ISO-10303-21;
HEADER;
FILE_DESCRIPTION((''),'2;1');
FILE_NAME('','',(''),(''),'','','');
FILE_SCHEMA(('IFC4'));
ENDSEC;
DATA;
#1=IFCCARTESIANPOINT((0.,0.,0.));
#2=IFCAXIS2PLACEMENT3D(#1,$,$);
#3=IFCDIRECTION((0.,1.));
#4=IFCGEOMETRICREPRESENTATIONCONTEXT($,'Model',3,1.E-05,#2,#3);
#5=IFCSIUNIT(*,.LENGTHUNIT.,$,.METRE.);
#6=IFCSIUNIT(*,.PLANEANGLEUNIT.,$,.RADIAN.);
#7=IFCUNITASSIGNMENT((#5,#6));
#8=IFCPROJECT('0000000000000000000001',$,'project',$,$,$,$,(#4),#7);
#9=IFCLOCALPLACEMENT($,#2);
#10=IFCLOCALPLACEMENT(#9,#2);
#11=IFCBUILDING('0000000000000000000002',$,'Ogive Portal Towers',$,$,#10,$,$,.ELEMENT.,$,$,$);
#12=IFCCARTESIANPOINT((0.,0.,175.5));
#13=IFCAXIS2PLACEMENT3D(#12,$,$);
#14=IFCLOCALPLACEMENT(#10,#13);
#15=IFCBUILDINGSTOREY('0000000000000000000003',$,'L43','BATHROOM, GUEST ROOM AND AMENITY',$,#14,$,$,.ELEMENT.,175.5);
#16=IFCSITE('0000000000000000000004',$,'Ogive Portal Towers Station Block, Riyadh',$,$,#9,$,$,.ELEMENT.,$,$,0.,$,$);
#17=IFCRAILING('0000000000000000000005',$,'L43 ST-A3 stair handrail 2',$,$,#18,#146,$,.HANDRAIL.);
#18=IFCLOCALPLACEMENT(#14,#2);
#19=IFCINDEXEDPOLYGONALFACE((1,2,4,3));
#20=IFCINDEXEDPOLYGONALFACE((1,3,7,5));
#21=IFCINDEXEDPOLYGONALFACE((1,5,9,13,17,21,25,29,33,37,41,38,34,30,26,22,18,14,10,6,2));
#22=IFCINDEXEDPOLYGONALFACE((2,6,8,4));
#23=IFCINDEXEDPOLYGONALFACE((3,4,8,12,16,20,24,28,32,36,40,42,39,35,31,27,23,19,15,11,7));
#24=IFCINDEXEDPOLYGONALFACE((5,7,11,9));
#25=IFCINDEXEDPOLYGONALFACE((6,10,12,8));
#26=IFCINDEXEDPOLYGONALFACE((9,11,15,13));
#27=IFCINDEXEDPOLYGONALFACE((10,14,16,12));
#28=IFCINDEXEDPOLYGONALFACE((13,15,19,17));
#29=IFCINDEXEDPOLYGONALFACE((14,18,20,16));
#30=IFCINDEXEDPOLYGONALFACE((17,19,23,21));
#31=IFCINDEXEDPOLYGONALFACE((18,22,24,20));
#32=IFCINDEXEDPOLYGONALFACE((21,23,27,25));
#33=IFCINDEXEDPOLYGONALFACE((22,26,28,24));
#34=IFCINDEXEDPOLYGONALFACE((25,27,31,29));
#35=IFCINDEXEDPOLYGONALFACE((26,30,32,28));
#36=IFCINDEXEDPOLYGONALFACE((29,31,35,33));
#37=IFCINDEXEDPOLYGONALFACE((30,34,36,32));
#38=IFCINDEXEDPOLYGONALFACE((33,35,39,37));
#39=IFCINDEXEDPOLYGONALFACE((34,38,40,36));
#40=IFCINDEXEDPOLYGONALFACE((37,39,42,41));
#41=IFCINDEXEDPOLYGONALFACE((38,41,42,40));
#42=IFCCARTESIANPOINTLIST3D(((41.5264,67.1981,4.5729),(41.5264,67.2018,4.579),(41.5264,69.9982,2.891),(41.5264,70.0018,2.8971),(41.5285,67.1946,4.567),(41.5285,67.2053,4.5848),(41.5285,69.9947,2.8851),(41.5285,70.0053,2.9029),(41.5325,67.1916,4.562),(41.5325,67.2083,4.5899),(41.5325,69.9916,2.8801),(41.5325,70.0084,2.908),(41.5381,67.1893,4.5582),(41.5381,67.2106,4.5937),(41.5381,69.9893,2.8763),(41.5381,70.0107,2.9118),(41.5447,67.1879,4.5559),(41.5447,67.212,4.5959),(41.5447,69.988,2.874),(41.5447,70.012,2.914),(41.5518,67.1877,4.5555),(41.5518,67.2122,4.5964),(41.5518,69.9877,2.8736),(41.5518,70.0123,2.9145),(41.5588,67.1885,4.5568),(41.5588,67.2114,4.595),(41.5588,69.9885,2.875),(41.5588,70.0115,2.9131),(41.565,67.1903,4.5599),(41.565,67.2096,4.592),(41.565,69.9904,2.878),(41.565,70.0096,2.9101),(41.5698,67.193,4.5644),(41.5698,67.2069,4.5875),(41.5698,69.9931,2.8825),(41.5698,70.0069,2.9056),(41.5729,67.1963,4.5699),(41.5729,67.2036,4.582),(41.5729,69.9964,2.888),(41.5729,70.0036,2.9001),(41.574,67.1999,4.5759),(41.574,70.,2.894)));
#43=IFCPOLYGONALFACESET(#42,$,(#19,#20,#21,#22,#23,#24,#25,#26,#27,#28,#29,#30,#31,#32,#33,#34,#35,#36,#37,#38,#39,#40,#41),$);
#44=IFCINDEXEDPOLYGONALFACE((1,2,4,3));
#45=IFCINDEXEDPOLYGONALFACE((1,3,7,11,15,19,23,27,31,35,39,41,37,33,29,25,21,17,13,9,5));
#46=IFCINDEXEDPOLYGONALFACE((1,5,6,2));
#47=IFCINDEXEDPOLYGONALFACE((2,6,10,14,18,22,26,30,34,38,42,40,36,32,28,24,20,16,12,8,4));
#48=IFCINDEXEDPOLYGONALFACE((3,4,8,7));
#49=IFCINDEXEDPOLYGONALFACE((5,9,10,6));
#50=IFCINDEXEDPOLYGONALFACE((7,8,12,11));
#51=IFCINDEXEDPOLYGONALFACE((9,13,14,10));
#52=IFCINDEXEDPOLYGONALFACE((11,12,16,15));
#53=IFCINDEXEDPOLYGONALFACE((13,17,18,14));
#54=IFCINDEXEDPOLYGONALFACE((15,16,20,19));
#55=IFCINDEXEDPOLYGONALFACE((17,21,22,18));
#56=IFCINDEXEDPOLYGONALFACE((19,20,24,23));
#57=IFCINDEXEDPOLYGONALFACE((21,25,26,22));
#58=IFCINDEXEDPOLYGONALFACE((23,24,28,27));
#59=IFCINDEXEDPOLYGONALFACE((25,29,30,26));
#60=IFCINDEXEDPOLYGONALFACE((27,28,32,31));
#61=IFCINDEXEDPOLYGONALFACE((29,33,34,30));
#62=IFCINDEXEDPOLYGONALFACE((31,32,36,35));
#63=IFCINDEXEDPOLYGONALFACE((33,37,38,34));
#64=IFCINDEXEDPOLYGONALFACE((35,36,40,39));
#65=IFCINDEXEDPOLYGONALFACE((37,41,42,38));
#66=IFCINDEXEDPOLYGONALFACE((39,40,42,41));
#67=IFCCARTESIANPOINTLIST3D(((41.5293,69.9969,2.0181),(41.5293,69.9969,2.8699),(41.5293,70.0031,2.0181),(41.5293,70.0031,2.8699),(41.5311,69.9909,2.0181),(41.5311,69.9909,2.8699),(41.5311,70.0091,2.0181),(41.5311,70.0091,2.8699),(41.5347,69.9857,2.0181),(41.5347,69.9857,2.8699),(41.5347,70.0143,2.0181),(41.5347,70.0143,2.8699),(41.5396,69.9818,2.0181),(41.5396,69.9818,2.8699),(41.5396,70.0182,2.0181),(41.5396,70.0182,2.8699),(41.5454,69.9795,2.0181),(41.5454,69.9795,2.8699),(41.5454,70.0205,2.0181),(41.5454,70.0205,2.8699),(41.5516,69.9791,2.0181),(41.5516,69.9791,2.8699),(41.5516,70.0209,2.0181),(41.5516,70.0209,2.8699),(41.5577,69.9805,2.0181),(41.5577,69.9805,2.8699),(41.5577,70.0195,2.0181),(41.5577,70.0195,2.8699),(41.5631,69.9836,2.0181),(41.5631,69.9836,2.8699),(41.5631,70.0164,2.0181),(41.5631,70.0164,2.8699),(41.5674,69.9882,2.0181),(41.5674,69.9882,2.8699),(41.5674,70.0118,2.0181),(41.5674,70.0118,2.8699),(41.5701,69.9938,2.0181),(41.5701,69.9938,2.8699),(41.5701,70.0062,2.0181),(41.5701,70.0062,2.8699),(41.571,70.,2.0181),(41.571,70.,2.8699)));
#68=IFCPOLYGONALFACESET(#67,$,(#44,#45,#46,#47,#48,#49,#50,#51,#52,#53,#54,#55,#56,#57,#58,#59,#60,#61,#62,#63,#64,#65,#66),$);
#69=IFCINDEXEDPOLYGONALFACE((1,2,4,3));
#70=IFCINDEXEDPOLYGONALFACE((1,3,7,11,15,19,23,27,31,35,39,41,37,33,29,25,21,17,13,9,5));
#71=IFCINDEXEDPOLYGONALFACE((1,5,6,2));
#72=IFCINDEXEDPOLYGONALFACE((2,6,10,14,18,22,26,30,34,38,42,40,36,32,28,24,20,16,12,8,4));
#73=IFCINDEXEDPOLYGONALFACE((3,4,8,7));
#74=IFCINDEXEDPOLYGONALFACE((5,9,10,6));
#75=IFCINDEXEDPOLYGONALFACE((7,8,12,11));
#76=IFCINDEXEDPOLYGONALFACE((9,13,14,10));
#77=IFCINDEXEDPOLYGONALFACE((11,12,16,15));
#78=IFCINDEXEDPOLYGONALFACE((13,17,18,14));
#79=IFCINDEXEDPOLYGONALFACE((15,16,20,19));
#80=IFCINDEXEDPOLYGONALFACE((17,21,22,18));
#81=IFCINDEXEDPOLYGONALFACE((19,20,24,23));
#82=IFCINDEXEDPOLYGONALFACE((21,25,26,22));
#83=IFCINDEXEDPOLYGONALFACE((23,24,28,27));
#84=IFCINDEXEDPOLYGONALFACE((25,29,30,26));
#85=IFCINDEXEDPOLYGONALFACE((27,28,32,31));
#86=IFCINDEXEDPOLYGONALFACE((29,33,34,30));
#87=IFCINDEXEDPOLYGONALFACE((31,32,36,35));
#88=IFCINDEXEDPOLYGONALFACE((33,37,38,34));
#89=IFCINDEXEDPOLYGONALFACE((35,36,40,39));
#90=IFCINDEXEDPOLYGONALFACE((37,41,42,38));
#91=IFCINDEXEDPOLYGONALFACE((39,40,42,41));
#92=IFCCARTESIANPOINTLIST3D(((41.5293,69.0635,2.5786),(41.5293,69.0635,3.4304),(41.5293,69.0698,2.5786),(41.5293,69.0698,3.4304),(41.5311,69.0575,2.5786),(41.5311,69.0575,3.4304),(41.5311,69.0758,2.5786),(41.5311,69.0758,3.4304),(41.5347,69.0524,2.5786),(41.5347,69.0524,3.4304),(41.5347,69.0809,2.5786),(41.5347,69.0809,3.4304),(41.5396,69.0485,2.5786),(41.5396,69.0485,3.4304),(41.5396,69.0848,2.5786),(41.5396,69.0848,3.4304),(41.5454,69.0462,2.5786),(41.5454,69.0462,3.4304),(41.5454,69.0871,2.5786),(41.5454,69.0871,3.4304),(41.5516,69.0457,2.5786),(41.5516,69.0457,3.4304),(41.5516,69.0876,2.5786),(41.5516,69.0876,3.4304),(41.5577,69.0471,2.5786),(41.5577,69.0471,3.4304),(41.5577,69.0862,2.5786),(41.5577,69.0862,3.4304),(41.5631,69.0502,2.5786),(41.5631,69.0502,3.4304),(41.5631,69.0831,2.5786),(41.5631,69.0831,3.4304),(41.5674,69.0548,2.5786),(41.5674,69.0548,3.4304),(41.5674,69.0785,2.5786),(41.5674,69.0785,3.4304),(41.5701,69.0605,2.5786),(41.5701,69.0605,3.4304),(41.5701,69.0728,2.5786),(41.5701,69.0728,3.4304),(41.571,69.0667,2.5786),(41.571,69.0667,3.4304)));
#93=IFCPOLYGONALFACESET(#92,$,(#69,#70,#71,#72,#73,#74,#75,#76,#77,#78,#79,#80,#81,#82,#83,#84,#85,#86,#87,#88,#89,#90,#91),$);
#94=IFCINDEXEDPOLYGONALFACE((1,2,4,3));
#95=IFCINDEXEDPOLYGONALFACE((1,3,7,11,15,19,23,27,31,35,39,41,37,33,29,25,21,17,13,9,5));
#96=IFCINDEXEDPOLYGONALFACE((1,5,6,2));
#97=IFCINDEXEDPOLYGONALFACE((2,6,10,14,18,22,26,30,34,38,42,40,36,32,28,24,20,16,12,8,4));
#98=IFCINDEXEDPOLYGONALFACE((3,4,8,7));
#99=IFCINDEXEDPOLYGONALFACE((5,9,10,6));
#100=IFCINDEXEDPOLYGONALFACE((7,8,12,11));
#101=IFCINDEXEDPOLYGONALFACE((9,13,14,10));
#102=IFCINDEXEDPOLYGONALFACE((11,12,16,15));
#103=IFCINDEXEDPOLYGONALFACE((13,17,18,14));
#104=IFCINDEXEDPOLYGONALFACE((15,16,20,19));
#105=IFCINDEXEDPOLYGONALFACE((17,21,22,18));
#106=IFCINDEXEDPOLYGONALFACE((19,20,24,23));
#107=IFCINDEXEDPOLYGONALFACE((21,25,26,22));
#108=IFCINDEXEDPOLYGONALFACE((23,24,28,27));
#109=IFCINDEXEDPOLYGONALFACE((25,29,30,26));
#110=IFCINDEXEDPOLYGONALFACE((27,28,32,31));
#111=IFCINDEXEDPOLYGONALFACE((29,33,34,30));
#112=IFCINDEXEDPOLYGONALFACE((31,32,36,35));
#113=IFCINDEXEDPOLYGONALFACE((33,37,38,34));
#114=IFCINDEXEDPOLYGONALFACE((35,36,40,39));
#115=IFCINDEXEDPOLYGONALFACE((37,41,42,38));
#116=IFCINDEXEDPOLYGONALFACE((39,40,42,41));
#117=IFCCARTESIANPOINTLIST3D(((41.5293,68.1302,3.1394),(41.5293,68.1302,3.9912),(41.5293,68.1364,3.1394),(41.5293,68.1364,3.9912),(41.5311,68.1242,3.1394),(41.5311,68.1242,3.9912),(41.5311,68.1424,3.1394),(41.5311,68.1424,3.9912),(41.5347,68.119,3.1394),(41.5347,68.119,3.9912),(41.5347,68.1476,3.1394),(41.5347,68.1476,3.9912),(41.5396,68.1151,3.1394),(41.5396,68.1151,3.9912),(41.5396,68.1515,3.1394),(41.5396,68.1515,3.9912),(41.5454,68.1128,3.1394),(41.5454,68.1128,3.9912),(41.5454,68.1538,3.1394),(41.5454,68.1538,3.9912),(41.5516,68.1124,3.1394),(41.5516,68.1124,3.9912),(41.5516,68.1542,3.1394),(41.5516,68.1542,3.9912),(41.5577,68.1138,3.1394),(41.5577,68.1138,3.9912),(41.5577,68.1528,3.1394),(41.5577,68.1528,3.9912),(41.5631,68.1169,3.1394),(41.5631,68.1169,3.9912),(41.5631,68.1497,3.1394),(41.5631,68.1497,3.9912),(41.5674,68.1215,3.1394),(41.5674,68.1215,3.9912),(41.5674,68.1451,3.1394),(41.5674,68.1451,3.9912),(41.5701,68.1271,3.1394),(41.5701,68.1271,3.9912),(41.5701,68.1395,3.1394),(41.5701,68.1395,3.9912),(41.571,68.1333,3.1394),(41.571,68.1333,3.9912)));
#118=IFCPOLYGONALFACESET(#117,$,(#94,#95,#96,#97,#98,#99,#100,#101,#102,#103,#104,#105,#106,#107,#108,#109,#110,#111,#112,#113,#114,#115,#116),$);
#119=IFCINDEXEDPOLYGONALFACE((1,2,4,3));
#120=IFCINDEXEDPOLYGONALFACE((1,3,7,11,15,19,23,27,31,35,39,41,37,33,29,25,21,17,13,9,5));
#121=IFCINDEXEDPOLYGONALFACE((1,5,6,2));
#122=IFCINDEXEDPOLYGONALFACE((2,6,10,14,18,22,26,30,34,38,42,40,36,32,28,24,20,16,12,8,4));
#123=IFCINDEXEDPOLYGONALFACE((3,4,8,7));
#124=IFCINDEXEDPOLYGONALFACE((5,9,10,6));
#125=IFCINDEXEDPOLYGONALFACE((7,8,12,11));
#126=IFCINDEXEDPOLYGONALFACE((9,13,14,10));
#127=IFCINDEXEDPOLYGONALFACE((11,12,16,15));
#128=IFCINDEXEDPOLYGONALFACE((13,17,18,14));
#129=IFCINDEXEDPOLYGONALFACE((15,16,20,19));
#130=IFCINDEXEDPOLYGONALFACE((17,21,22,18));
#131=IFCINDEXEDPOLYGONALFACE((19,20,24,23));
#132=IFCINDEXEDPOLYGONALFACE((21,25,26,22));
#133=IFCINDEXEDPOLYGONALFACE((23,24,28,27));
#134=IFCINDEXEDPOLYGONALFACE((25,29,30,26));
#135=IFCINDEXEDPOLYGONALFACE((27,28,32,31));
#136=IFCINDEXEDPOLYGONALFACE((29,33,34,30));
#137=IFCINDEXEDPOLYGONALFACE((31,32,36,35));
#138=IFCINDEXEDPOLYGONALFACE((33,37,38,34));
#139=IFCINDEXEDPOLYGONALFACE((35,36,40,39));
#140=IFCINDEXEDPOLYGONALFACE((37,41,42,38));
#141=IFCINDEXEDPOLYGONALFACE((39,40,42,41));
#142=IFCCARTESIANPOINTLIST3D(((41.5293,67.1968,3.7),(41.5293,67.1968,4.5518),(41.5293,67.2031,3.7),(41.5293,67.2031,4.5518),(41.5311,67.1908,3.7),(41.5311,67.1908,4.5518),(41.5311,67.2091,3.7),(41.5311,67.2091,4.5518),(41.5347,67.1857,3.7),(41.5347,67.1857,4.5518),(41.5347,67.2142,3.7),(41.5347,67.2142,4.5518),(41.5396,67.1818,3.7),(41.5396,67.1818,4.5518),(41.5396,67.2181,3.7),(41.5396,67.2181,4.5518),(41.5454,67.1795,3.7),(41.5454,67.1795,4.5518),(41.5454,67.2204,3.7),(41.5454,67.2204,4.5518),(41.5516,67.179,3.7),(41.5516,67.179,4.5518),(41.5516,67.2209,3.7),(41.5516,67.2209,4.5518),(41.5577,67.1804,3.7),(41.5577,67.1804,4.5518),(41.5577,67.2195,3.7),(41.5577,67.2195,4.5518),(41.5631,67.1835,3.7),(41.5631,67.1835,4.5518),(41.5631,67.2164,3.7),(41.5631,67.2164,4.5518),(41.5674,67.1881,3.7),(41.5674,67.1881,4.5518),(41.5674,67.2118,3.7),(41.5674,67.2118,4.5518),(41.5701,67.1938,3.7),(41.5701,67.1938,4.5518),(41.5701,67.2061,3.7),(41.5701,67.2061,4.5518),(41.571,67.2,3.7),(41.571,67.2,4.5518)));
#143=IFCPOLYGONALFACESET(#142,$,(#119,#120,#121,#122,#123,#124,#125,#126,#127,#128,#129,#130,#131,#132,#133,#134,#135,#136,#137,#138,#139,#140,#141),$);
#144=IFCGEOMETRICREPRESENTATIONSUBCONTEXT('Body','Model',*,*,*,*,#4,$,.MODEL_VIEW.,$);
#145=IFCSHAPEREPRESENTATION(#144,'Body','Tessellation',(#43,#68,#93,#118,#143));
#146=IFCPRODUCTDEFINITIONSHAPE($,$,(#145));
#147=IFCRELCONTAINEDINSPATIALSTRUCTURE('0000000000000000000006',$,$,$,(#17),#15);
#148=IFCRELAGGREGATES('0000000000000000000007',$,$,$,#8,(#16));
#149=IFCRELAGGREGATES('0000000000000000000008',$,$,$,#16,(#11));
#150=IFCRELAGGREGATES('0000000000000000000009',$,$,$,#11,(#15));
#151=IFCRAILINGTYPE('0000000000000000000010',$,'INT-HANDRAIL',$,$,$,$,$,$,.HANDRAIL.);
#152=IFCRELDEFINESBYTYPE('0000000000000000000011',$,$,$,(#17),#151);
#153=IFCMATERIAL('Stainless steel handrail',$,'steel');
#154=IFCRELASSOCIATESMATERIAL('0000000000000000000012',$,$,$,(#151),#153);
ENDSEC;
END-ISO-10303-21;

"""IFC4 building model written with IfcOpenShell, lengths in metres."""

from ifc_helpers import new_model, si_unit, direction, frame, origin, origin_2d, place, context, subcontext, project, spatial, circle, extrude, material, type_object, element, save


model = new_model("IFC4")

# Units and contexts
model_context = context("Model", 3, precision=1e-05, world=origin(), true_north=direction((0.0, 1.0)))
body_context = subcontext(model_context, "Body", "Model", "MODEL_VIEW")
ifc_project = project(units=[si_unit("LENGTHUNIT", "METRE"), si_unit("PLANEANGLEUNIT", "RADIAN")], contexts=[model_context])

# Site, building, storey
site_placement = place(None, origin())
site = spatial("IfcSite", under=ifc_project, at=site_placement, Name="Ogive Portal Towers Station Block, Riyadh", CompositionType="ELEMENT", RefElevation=0.0)
building_placement = place(site_placement, origin())
building = spatial("IfcBuilding", under=site, at=building_placement, Name="Ogive Portal Towers", CompositionType="ELEMENT")
storey_placement = place(building_placement, frame((0.0, 0.0, 175.5)))
storey = spatial("IfcBuildingStorey", under=building, at=storey_placement, Name="L43", Description="BATHROOM, GUEST ROOM AND AMENITY", CompositionType="ELEMENT", Elevation=175.5)

# Railing
ifc_material_1 = material(Name="Stainless steel handrail", Category="steel")
railing_type_1 = type_object("IfcRailingType", Name="INT-HANDRAIL", PredefinedType="HANDRAIL", material=ifc_material_1)
railing_1_placement = place(storey_placement, frame((41.55, 70.0, 2.0181)))
element("IfcRailing", 1, at=railing_1_placement, inside=storey, type_object=railing_type_1, Name="L43 ST-A3 stair handrail 2", PredefinedType="HANDRAIL", context=body_context, shape_type="SweptSolid", body=[
    extrude(circle(Radius=0.0239, at=origin_2d()), frame((0.0, 0.0, 0.876), z_axis=(0.0, -0.857242, 0.514913), x_axis=(1.0, 0.0, 0.0)), (0.0, 0.0, 1.0), 3.2664),
    extrude(circle(Radius=0.021, at=origin_2d()), origin(), (0.0, 0.0, 1.0), 0.8518),
    extrude(circle(Radius=0.021, at=origin_2d()), frame((0.0, -0.9333, 0.5605)), (0.0, 0.0, 1.0), 0.8518),
    extrude(circle(Radius=0.021, at=origin_2d()), frame((0.0, -1.8667, 1.1213)), (0.0, 0.0, 1.0), 0.8518),
    extrude(circle(Radius=0.021, at=origin_2d()), frame((0.0, -2.8, 1.6819)), (0.0, 0.0, 1.0), 0.8518),
])

save(model, "model.ifc")
